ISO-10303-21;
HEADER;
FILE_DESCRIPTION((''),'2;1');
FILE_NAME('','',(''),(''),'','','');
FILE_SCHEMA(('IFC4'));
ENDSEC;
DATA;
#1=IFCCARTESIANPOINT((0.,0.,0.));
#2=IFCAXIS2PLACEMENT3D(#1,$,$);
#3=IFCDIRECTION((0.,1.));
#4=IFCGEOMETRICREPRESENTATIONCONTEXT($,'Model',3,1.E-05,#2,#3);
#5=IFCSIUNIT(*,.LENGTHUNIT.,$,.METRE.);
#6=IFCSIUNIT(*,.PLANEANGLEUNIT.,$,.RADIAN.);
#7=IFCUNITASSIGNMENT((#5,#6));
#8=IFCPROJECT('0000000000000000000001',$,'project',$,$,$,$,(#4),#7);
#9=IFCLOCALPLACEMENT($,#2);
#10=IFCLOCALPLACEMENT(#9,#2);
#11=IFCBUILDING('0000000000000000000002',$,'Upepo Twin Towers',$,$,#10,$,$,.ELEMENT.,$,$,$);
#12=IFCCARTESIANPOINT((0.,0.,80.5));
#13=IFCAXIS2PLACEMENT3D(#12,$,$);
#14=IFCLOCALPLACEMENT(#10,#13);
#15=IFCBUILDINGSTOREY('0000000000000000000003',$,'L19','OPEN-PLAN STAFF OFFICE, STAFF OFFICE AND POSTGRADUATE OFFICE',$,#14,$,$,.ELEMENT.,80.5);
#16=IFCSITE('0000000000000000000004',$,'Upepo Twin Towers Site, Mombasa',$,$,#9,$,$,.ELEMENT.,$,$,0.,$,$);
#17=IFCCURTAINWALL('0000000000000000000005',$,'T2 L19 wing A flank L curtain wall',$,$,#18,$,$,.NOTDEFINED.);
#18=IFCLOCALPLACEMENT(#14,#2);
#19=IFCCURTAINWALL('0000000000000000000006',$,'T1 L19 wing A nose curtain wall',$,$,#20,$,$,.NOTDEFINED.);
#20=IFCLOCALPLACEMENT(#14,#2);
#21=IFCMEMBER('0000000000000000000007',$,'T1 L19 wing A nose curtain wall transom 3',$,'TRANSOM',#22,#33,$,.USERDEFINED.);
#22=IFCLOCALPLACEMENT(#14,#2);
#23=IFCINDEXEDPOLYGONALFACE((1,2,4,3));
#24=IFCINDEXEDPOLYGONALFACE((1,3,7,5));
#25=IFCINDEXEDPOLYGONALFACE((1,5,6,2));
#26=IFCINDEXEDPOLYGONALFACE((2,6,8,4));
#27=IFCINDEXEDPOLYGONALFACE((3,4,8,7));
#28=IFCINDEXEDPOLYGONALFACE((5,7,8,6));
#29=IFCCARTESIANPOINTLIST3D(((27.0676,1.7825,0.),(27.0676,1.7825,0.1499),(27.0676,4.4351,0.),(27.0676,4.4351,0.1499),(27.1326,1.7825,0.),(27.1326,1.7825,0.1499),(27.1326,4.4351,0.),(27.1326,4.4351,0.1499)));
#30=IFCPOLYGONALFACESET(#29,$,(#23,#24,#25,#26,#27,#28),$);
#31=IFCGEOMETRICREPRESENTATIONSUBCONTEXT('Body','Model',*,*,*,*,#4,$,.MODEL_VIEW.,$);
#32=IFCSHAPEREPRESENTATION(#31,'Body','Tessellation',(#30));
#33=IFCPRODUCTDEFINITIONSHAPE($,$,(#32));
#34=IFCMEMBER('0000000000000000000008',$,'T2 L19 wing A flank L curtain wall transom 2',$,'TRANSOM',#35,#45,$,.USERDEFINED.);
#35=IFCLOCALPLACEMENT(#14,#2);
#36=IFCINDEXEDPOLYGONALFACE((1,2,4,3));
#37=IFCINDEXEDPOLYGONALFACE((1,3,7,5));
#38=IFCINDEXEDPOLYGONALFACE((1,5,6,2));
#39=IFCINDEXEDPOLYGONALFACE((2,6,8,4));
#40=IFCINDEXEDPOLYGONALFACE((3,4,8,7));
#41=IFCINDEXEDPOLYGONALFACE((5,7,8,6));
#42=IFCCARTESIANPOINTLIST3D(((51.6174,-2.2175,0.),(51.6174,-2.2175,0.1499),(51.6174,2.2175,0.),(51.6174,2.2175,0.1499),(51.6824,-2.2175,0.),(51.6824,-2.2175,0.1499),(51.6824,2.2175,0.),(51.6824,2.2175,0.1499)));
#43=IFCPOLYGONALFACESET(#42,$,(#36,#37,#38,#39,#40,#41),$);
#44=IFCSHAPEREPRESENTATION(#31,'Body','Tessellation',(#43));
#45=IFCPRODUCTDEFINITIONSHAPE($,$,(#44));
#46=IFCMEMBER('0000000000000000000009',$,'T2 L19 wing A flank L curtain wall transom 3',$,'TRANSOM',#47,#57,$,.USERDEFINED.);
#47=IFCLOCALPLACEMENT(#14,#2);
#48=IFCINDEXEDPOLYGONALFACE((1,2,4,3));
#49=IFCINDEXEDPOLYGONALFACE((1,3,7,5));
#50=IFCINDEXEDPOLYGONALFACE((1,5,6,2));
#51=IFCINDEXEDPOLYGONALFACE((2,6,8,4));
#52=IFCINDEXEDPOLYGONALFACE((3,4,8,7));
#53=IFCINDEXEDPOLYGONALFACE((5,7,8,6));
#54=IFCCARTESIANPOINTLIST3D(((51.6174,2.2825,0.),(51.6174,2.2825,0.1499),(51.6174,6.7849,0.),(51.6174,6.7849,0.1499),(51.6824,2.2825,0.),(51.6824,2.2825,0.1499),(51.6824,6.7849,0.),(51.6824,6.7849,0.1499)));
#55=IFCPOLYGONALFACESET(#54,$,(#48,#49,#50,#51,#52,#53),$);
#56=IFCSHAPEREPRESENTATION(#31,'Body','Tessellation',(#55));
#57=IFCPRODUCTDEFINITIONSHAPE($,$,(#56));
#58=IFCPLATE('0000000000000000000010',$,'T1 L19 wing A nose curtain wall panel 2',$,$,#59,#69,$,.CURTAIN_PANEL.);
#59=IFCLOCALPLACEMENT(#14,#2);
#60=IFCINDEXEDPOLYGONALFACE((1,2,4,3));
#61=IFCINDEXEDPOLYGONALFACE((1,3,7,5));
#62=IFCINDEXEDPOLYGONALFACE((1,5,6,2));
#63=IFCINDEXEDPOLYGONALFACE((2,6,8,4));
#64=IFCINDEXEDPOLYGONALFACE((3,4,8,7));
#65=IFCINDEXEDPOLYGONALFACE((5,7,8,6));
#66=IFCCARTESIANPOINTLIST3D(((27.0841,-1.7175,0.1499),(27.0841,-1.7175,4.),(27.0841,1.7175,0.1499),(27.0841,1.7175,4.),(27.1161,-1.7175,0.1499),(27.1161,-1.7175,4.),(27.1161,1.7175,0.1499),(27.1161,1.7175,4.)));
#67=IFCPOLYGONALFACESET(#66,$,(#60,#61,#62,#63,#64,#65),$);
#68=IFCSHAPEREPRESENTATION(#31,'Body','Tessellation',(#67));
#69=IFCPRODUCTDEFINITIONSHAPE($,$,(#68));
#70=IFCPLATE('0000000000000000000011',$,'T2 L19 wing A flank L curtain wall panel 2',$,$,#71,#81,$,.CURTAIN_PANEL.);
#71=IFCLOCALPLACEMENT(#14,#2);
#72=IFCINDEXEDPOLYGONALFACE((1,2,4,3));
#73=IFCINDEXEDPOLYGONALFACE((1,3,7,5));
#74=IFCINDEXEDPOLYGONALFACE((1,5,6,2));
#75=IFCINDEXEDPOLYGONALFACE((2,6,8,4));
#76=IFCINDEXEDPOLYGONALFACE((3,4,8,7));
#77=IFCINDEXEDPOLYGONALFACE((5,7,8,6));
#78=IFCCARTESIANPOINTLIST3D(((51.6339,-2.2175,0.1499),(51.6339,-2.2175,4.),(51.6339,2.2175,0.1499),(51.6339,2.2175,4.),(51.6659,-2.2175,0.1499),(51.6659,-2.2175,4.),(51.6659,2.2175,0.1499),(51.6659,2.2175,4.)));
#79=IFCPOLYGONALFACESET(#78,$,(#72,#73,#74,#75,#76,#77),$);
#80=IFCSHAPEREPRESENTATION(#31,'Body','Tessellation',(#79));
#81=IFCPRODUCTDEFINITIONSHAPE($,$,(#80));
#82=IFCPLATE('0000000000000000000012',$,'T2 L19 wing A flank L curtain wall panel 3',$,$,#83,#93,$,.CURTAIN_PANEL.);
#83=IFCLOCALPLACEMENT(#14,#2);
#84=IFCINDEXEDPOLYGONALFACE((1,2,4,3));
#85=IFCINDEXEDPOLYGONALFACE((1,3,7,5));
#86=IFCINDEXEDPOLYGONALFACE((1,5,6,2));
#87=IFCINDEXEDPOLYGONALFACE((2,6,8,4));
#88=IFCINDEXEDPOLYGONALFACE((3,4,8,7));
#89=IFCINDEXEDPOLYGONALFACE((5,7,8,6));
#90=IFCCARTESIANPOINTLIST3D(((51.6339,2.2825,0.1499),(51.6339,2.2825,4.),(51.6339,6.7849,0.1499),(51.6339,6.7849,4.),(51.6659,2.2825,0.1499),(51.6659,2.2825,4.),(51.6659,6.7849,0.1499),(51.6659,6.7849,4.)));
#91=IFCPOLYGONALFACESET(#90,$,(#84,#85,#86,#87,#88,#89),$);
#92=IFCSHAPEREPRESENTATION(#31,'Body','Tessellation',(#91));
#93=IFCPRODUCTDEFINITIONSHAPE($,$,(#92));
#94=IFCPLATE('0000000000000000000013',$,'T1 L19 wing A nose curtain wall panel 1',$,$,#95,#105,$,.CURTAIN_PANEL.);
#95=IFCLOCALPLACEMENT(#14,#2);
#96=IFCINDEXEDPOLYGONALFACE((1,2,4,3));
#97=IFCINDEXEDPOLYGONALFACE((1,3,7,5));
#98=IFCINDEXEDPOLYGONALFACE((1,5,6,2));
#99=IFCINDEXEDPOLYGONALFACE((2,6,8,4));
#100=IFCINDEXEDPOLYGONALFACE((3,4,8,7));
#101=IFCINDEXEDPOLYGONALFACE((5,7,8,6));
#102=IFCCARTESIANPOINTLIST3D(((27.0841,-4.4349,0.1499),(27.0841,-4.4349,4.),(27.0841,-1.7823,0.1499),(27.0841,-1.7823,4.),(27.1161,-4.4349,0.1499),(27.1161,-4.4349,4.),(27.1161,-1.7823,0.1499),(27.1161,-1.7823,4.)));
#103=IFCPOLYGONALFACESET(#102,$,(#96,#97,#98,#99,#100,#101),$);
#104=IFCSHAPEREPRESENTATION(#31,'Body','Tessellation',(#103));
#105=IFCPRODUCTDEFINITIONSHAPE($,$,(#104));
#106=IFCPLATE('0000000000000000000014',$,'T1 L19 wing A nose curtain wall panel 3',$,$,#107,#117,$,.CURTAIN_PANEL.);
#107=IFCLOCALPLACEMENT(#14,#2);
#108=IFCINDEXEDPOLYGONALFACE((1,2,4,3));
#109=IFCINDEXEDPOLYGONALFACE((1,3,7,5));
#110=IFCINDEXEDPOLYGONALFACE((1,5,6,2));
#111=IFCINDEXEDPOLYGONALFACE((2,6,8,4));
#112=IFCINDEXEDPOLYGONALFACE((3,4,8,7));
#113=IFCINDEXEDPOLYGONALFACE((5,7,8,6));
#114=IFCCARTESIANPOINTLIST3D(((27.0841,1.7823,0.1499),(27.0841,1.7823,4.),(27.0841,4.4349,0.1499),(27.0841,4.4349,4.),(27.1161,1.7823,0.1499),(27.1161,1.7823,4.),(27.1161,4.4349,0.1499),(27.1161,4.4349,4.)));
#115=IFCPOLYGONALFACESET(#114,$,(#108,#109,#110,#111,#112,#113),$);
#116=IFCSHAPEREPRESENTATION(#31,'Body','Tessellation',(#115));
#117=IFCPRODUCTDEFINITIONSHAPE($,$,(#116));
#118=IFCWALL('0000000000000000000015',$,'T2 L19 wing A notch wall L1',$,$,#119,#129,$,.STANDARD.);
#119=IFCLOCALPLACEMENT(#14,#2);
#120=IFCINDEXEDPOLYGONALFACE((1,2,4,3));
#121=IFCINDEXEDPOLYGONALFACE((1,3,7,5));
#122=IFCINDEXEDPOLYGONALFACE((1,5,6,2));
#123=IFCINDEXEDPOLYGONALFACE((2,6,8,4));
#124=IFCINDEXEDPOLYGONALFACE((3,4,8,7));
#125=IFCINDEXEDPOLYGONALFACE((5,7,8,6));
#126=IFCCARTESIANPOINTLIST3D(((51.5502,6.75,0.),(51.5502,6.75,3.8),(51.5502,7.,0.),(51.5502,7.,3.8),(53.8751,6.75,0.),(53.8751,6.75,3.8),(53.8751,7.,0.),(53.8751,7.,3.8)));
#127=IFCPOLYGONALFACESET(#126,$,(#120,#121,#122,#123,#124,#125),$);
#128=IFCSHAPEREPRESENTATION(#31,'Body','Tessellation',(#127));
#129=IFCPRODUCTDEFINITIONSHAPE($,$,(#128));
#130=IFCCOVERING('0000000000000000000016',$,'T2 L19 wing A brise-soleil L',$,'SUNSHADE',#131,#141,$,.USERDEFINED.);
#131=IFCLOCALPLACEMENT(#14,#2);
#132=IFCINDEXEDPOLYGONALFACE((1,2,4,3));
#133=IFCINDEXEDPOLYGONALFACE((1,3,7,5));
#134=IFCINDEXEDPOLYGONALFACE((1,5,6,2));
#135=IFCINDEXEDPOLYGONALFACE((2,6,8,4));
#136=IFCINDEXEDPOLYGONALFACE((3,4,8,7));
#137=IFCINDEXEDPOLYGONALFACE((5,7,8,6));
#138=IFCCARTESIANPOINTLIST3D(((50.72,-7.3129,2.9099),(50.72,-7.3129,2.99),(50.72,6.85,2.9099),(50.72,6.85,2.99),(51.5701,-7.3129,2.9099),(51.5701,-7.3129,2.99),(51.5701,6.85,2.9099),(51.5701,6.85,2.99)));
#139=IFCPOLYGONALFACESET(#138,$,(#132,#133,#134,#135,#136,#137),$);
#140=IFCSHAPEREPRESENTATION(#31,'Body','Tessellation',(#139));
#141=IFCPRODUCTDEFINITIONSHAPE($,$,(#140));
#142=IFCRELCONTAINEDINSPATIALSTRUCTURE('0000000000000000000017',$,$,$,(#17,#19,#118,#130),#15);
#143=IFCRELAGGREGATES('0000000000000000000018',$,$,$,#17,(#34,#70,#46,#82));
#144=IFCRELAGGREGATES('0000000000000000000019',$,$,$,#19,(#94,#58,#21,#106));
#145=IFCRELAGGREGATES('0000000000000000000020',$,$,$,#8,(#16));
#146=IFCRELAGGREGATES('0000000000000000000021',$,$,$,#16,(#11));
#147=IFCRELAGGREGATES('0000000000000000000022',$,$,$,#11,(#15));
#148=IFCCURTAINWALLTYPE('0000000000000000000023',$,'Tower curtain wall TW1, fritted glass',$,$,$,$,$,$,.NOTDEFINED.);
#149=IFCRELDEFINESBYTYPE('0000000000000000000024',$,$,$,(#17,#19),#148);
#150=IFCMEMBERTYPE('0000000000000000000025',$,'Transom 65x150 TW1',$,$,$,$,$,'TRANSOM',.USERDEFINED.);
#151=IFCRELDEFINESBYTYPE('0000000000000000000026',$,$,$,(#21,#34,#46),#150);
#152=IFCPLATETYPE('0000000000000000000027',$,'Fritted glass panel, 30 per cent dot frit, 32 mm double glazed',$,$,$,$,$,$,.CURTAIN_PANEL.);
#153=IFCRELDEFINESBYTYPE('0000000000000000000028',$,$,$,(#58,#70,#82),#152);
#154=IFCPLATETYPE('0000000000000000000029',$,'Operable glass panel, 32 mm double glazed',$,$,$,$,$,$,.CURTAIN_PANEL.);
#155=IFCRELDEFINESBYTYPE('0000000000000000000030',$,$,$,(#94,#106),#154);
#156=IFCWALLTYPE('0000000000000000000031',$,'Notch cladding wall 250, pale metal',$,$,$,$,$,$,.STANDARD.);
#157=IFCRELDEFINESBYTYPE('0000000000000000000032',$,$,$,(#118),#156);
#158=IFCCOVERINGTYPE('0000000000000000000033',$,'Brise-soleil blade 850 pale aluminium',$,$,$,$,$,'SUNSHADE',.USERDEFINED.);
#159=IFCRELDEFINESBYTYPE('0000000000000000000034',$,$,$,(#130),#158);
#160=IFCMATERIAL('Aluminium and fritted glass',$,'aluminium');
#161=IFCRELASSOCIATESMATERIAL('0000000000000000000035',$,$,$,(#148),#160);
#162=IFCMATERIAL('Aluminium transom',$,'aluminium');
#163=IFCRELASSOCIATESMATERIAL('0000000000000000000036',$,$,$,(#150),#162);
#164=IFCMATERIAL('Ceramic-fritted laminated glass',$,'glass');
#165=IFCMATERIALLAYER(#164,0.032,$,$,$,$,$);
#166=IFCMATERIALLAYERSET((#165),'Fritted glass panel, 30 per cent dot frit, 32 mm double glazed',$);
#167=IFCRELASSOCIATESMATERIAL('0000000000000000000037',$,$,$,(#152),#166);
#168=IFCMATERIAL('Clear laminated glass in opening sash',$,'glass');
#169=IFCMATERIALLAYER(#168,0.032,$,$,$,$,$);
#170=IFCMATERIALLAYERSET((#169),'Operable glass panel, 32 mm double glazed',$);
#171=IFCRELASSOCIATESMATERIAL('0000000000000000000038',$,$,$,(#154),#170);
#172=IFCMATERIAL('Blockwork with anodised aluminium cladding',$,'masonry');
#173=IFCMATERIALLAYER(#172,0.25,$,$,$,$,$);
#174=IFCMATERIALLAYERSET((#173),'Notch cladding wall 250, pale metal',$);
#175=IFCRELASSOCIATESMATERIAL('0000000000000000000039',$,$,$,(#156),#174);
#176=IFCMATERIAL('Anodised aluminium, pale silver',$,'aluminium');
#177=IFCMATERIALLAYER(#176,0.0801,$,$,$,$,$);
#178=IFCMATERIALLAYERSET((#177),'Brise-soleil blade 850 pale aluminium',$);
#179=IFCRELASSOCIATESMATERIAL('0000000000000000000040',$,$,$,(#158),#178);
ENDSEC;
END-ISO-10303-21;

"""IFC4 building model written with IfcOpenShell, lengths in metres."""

from ifc_helpers import new_model, si_unit, direction, frame, frame_2d, origin, origin_2d, place, context, subcontext, project, spatial, rectangle, extrude, material, layer, layer_set, material_profile, profile_set, type_object, element, aggregate, save


model = new_model("IFC4")

# Units and contexts
model_context = context("Model", 3, precision=1e-05, world=origin(), true_north=direction((0.0, 1.0)))
body_context = subcontext(model_context, "Body", "Model", "MODEL_VIEW")
ifc_project = project(units=[si_unit("LENGTHUNIT", "METRE"), si_unit("PLANEANGLEUNIT", "RADIAN")], contexts=[model_context])

# Site, building, storey
site_placement = place(None, origin())
site = spatial("IfcSite", under=ifc_project, at=site_placement, Name="Upepo Twin Towers Site, Mombasa", CompositionType="ELEMENT", RefElevation=0.0)
building_placement = place(site_placement, origin())
building = spatial("IfcBuilding", under=site, at=building_placement, Name="Upepo Twin Towers", CompositionType="ELEMENT")
storey_placement = place(building_placement, frame((0.0, 0.0, 80.5)))
storey = spatial("IfcBuildingStorey", under=building, at=storey_placement, Name="L19", Description="OPEN-PLAN STAFF OFFICE, STAFF OFFICE AND POSTGRADUATE OFFICE", CompositionType="ELEMENT", Elevation=80.5)

# Curtain walls, member
ifc_material_1 = material(Name="Aluminium and fritted glass", Category="aluminium")
curtain_wall_type = type_object("IfcCurtainWallType", Name="Tower curtain wall TW1, fritted glass", PredefinedType="NOTDEFINED", material=ifc_material_1)
curtain_wall_1_placement = place(storey_placement, origin())
curtain_wall_1 = element("IfcCurtainWall", 1, at=curtain_wall_1_placement, inside=storey, type_object=curtain_wall_type, Name="T2 L19 wing A flank L curtain wall", PredefinedType="NOTDEFINED")
curtain_wall_2_placement = place(storey_placement, origin())
curtain_wall_2 = element("IfcCurtainWall", 2, at=curtain_wall_2_placement, inside=storey, type_object=curtain_wall_type, Name="T1 L19 wing A nose curtain wall", PredefinedType="NOTDEFINED")
ifc_material_2 = material(Name="Aluminium transom", Category="aluminium")
ifc_material_profile_1 = material_profile(ifc_material_2, rectangle(XDim=0.0649, YDim=0.1499, at=origin_2d()), Name="TRANSOM 65x150")
ifc_profile_set_1 = profile_set([ifc_material_profile_1], Name="Aluminium transom")
member_type_1 = type_object("IfcMemberType", Name="Transom 65x150 TW1", ElementType="TRANSOM", PredefinedType="USERDEFINED", material=ifc_profile_set_1)
member_1_placement = place(storey_placement, frame((27.1001, 1.7825, 0.075), z_axis=(0.0, 1.0, 0.0), x_axis=(-1.0, 0.0, 0.0)))
member_1 = element("IfcMember", 3, at=member_1_placement, type_object=member_type_1, Name="T1 L19 wing A nose curtain wall transom 3", ObjectType="TRANSOM", PredefinedType="USERDEFINED", context=body_context, shape_type="SweptSolid", body=[
    extrude(rectangle(XDim=0.0649, YDim=0.1499, at=origin_2d()), origin(), (0.0, 0.0, 1.0), 2.6526),
])

# Members
member_2_placement = place(storey_placement, frame((51.6499, -2.2175, 0.075), z_axis=(0.0, 1.0, 0.0), x_axis=(-1.0, 0.0, 0.0)))
member_2 = element("IfcMember", 4, at=member_2_placement, type_object=member_type_1, Name="T2 L19 wing A flank L curtain wall transom 2", ObjectType="TRANSOM", PredefinedType="USERDEFINED", context=body_context, shape_type="SweptSolid", body=[
    extrude(rectangle(XDim=0.0649, YDim=0.1499, at=origin_2d()), origin(), (0.0, 0.0, 1.0), 4.4351),
])
member_3_placement = place(storey_placement, frame((51.6499, 2.2825, 0.075), z_axis=(0.0, 1.0, 0.0), x_axis=(-1.0, 0.0, 0.0)))
member_3 = element("IfcMember", 5, at=member_3_placement, type_object=member_type_1, Name="T2 L19 wing A flank L curtain wall transom 3", ObjectType="TRANSOM", PredefinedType="USERDEFINED", context=body_context, shape_type="SweptSolid", body=[
    extrude(rectangle(XDim=0.0649, YDim=0.1499, at=origin_2d()), origin(), (0.0, 0.0, 1.0), 4.5024),
])

# Plates
ifc_material_3 = material(Name="Ceramic-fritted laminated glass", Category="glass")
ifc_layer_1 = layer(ifc_material_3, 0.032)
ifc_layer_set_1 = layer_set([ifc_layer_1], Name="Fritted glass panel, 30 per cent dot frit, 32 mm double glazed")
plate_type_1 = type_object("IfcPlateType", Name="Fritted glass panel, 30 per cent dot frit, 32 mm double glazed", PredefinedType="CURTAIN_PANEL", material=ifc_layer_set_1)
plate_1_placement = place(storey_placement, frame((27.1001, 0.0, 0.1499), z_axis=(0.0, 0.0, 1.0), x_axis=(0.0, 1.0, 0.0)))
plate_1 = element("IfcPlate", 6, at=plate_1_placement, type_object=plate_type_1, Name="T1 L19 wing A nose curtain wall panel 2", PredefinedType="CURTAIN_PANEL", context=body_context, shape_type="SweptSolid", body=[
    extrude(rectangle(XDim=3.4351, YDim=0.032, at=origin_2d()), origin(), (0.0, 0.0, 1.0), 3.8501),
])
plate_2_placement = place(storey_placement, frame((51.6499, 0.0, 0.1499), z_axis=(0.0, 0.0, 1.0), x_axis=(0.0, 1.0, 0.0)))
plate_2 = element("IfcPlate", 7, at=plate_2_placement, type_object=plate_type_1, Name="T2 L19 wing A flank L curtain wall panel 2", PredefinedType="CURTAIN_PANEL", context=body_context, shape_type="SweptSolid", body=[
    extrude(rectangle(XDim=4.4351, YDim=0.032, at=origin_2d()), origin(), (0.0, 0.0, 1.0), 3.8501),
])
plate_3_placement = place(storey_placement, frame((51.6499, 4.5337, 0.1499), z_axis=(0.0, 0.0, 1.0), x_axis=(0.0, 1.0, 0.0)))
plate_3 = element("IfcPlate", 8, at=plate_3_placement, type_object=plate_type_1, Name="T2 L19 wing A flank L curtain wall panel 3", PredefinedType="CURTAIN_PANEL", context=body_context, shape_type="SweptSolid", body=[
    extrude(rectangle(XDim=4.5024, YDim=0.032, at=origin_2d()), origin(), (0.0, 0.0, 1.0), 3.8501),
])
aggregate(curtain_wall_1, [member_2, plate_2, member_3, plate_3])
ifc_material_4 = material(Name="Clear laminated glass in opening sash", Category="glass")
ifc_layer_2 = layer(ifc_material_4, 0.032)
ifc_layer_set_2 = layer_set([ifc_layer_2], Name="Operable glass panel, 32 mm double glazed")
plate_type_2 = type_object("IfcPlateType", Name="Operable glass panel, 32 mm double glazed", PredefinedType="CURTAIN_PANEL", material=ifc_layer_set_2)
plate_4_placement = place(storey_placement, frame((27.1001, -3.1086, 0.1499), z_axis=(0.0, 0.0, 1.0), x_axis=(0.0, 1.0, 0.0)))
plate_4 = element("IfcPlate", 9, at=plate_4_placement, type_object=plate_type_2, Name="T1 L19 wing A nose curtain wall panel 1", PredefinedType="CURTAIN_PANEL", context=body_context, shape_type="SweptSolid", body=[
    extrude(rectangle(XDim=2.6526, YDim=0.032, at=origin_2d()), origin(), (0.0, 0.0, 1.0), 3.8501),
])
plate_5_placement = place(storey_placement, frame((27.1001, 3.1086, 0.1499), z_axis=(0.0, 0.0, 1.0), x_axis=(0.0, 1.0, 0.0)))
plate_5 = element("IfcPlate", 10, at=plate_5_placement, type_object=plate_type_2, Name="T1 L19 wing A nose curtain wall panel 3", PredefinedType="CURTAIN_PANEL", context=body_context, shape_type="SweptSolid", body=[
    extrude(rectangle(XDim=2.6526, YDim=0.032, at=origin_2d()), origin(), (0.0, 0.0, 1.0), 3.8501),
])
aggregate(curtain_wall_2, [plate_4, plate_1, member_1, plate_5])

# Wall
ifc_material_5 = material(Name="Blockwork with anodised aluminium cladding", Category="masonry")
ifc_layer_3 = layer(ifc_material_5, 0.25)
ifc_layer_set_3 = layer_set([ifc_layer_3], Name="Notch cladding wall 250, pale metal")
wall_type = type_object("IfcWallType", Name="Notch cladding wall 250, pale metal", PredefinedType="STANDARD", material=ifc_layer_set_3)
wall_placement = place(storey_placement, frame((51.55, 6.875, 0.0), z_axis=(0.0, 0.0, 1.0), x_axis=(1.0, 0.0, 0.0)))
element("IfcWall", 11, at=wall_placement, inside=storey, type_object=wall_type, Name="T2 L19 wing A notch wall L1", PredefinedType="STANDARD", context=body_context, shape_type="SweptSolid", body=[
    extrude(rectangle(XDim=2.325, YDim=0.25, at=frame_2d((1.1626, 0.0))), origin(), (0.0, 0.0, 1.0), 3.8),
])

# Covering
ifc_material_6 = material(Name="Anodised aluminium, pale silver", Category="aluminium")
ifc_layer_4 = layer(ifc_material_6, 0.0801)
ifc_layer_set_4 = layer_set([ifc_layer_4], Name="Brise-soleil blade 850 pale aluminium")
covering_type = type_object("IfcCoveringType", Name="Brise-soleil blade 850 pale aluminium", ElementType="SUNSHADE", PredefinedType="USERDEFINED", material=ifc_layer_set_4)
covering_placement = place(storey_placement, frame((51.145, -0.2314, 2.9099), z_axis=(0.0, 0.0, 1.0), x_axis=(0.0, 1.0, 0.0)))
element("IfcCovering", 12, at=covering_placement, inside=storey, type_object=covering_type, Name="T2 L19 wing A brise-soleil L", ObjectType="SUNSHADE", PredefinedType="USERDEFINED", context=body_context, shape_type="SweptSolid", body=[
    extrude(rectangle(XDim=14.1628, YDim=0.8501, at=origin_2d()), origin(), (0.0, 0.0, 1.0), 0.0801),
])

save(model, "model.ifc")
